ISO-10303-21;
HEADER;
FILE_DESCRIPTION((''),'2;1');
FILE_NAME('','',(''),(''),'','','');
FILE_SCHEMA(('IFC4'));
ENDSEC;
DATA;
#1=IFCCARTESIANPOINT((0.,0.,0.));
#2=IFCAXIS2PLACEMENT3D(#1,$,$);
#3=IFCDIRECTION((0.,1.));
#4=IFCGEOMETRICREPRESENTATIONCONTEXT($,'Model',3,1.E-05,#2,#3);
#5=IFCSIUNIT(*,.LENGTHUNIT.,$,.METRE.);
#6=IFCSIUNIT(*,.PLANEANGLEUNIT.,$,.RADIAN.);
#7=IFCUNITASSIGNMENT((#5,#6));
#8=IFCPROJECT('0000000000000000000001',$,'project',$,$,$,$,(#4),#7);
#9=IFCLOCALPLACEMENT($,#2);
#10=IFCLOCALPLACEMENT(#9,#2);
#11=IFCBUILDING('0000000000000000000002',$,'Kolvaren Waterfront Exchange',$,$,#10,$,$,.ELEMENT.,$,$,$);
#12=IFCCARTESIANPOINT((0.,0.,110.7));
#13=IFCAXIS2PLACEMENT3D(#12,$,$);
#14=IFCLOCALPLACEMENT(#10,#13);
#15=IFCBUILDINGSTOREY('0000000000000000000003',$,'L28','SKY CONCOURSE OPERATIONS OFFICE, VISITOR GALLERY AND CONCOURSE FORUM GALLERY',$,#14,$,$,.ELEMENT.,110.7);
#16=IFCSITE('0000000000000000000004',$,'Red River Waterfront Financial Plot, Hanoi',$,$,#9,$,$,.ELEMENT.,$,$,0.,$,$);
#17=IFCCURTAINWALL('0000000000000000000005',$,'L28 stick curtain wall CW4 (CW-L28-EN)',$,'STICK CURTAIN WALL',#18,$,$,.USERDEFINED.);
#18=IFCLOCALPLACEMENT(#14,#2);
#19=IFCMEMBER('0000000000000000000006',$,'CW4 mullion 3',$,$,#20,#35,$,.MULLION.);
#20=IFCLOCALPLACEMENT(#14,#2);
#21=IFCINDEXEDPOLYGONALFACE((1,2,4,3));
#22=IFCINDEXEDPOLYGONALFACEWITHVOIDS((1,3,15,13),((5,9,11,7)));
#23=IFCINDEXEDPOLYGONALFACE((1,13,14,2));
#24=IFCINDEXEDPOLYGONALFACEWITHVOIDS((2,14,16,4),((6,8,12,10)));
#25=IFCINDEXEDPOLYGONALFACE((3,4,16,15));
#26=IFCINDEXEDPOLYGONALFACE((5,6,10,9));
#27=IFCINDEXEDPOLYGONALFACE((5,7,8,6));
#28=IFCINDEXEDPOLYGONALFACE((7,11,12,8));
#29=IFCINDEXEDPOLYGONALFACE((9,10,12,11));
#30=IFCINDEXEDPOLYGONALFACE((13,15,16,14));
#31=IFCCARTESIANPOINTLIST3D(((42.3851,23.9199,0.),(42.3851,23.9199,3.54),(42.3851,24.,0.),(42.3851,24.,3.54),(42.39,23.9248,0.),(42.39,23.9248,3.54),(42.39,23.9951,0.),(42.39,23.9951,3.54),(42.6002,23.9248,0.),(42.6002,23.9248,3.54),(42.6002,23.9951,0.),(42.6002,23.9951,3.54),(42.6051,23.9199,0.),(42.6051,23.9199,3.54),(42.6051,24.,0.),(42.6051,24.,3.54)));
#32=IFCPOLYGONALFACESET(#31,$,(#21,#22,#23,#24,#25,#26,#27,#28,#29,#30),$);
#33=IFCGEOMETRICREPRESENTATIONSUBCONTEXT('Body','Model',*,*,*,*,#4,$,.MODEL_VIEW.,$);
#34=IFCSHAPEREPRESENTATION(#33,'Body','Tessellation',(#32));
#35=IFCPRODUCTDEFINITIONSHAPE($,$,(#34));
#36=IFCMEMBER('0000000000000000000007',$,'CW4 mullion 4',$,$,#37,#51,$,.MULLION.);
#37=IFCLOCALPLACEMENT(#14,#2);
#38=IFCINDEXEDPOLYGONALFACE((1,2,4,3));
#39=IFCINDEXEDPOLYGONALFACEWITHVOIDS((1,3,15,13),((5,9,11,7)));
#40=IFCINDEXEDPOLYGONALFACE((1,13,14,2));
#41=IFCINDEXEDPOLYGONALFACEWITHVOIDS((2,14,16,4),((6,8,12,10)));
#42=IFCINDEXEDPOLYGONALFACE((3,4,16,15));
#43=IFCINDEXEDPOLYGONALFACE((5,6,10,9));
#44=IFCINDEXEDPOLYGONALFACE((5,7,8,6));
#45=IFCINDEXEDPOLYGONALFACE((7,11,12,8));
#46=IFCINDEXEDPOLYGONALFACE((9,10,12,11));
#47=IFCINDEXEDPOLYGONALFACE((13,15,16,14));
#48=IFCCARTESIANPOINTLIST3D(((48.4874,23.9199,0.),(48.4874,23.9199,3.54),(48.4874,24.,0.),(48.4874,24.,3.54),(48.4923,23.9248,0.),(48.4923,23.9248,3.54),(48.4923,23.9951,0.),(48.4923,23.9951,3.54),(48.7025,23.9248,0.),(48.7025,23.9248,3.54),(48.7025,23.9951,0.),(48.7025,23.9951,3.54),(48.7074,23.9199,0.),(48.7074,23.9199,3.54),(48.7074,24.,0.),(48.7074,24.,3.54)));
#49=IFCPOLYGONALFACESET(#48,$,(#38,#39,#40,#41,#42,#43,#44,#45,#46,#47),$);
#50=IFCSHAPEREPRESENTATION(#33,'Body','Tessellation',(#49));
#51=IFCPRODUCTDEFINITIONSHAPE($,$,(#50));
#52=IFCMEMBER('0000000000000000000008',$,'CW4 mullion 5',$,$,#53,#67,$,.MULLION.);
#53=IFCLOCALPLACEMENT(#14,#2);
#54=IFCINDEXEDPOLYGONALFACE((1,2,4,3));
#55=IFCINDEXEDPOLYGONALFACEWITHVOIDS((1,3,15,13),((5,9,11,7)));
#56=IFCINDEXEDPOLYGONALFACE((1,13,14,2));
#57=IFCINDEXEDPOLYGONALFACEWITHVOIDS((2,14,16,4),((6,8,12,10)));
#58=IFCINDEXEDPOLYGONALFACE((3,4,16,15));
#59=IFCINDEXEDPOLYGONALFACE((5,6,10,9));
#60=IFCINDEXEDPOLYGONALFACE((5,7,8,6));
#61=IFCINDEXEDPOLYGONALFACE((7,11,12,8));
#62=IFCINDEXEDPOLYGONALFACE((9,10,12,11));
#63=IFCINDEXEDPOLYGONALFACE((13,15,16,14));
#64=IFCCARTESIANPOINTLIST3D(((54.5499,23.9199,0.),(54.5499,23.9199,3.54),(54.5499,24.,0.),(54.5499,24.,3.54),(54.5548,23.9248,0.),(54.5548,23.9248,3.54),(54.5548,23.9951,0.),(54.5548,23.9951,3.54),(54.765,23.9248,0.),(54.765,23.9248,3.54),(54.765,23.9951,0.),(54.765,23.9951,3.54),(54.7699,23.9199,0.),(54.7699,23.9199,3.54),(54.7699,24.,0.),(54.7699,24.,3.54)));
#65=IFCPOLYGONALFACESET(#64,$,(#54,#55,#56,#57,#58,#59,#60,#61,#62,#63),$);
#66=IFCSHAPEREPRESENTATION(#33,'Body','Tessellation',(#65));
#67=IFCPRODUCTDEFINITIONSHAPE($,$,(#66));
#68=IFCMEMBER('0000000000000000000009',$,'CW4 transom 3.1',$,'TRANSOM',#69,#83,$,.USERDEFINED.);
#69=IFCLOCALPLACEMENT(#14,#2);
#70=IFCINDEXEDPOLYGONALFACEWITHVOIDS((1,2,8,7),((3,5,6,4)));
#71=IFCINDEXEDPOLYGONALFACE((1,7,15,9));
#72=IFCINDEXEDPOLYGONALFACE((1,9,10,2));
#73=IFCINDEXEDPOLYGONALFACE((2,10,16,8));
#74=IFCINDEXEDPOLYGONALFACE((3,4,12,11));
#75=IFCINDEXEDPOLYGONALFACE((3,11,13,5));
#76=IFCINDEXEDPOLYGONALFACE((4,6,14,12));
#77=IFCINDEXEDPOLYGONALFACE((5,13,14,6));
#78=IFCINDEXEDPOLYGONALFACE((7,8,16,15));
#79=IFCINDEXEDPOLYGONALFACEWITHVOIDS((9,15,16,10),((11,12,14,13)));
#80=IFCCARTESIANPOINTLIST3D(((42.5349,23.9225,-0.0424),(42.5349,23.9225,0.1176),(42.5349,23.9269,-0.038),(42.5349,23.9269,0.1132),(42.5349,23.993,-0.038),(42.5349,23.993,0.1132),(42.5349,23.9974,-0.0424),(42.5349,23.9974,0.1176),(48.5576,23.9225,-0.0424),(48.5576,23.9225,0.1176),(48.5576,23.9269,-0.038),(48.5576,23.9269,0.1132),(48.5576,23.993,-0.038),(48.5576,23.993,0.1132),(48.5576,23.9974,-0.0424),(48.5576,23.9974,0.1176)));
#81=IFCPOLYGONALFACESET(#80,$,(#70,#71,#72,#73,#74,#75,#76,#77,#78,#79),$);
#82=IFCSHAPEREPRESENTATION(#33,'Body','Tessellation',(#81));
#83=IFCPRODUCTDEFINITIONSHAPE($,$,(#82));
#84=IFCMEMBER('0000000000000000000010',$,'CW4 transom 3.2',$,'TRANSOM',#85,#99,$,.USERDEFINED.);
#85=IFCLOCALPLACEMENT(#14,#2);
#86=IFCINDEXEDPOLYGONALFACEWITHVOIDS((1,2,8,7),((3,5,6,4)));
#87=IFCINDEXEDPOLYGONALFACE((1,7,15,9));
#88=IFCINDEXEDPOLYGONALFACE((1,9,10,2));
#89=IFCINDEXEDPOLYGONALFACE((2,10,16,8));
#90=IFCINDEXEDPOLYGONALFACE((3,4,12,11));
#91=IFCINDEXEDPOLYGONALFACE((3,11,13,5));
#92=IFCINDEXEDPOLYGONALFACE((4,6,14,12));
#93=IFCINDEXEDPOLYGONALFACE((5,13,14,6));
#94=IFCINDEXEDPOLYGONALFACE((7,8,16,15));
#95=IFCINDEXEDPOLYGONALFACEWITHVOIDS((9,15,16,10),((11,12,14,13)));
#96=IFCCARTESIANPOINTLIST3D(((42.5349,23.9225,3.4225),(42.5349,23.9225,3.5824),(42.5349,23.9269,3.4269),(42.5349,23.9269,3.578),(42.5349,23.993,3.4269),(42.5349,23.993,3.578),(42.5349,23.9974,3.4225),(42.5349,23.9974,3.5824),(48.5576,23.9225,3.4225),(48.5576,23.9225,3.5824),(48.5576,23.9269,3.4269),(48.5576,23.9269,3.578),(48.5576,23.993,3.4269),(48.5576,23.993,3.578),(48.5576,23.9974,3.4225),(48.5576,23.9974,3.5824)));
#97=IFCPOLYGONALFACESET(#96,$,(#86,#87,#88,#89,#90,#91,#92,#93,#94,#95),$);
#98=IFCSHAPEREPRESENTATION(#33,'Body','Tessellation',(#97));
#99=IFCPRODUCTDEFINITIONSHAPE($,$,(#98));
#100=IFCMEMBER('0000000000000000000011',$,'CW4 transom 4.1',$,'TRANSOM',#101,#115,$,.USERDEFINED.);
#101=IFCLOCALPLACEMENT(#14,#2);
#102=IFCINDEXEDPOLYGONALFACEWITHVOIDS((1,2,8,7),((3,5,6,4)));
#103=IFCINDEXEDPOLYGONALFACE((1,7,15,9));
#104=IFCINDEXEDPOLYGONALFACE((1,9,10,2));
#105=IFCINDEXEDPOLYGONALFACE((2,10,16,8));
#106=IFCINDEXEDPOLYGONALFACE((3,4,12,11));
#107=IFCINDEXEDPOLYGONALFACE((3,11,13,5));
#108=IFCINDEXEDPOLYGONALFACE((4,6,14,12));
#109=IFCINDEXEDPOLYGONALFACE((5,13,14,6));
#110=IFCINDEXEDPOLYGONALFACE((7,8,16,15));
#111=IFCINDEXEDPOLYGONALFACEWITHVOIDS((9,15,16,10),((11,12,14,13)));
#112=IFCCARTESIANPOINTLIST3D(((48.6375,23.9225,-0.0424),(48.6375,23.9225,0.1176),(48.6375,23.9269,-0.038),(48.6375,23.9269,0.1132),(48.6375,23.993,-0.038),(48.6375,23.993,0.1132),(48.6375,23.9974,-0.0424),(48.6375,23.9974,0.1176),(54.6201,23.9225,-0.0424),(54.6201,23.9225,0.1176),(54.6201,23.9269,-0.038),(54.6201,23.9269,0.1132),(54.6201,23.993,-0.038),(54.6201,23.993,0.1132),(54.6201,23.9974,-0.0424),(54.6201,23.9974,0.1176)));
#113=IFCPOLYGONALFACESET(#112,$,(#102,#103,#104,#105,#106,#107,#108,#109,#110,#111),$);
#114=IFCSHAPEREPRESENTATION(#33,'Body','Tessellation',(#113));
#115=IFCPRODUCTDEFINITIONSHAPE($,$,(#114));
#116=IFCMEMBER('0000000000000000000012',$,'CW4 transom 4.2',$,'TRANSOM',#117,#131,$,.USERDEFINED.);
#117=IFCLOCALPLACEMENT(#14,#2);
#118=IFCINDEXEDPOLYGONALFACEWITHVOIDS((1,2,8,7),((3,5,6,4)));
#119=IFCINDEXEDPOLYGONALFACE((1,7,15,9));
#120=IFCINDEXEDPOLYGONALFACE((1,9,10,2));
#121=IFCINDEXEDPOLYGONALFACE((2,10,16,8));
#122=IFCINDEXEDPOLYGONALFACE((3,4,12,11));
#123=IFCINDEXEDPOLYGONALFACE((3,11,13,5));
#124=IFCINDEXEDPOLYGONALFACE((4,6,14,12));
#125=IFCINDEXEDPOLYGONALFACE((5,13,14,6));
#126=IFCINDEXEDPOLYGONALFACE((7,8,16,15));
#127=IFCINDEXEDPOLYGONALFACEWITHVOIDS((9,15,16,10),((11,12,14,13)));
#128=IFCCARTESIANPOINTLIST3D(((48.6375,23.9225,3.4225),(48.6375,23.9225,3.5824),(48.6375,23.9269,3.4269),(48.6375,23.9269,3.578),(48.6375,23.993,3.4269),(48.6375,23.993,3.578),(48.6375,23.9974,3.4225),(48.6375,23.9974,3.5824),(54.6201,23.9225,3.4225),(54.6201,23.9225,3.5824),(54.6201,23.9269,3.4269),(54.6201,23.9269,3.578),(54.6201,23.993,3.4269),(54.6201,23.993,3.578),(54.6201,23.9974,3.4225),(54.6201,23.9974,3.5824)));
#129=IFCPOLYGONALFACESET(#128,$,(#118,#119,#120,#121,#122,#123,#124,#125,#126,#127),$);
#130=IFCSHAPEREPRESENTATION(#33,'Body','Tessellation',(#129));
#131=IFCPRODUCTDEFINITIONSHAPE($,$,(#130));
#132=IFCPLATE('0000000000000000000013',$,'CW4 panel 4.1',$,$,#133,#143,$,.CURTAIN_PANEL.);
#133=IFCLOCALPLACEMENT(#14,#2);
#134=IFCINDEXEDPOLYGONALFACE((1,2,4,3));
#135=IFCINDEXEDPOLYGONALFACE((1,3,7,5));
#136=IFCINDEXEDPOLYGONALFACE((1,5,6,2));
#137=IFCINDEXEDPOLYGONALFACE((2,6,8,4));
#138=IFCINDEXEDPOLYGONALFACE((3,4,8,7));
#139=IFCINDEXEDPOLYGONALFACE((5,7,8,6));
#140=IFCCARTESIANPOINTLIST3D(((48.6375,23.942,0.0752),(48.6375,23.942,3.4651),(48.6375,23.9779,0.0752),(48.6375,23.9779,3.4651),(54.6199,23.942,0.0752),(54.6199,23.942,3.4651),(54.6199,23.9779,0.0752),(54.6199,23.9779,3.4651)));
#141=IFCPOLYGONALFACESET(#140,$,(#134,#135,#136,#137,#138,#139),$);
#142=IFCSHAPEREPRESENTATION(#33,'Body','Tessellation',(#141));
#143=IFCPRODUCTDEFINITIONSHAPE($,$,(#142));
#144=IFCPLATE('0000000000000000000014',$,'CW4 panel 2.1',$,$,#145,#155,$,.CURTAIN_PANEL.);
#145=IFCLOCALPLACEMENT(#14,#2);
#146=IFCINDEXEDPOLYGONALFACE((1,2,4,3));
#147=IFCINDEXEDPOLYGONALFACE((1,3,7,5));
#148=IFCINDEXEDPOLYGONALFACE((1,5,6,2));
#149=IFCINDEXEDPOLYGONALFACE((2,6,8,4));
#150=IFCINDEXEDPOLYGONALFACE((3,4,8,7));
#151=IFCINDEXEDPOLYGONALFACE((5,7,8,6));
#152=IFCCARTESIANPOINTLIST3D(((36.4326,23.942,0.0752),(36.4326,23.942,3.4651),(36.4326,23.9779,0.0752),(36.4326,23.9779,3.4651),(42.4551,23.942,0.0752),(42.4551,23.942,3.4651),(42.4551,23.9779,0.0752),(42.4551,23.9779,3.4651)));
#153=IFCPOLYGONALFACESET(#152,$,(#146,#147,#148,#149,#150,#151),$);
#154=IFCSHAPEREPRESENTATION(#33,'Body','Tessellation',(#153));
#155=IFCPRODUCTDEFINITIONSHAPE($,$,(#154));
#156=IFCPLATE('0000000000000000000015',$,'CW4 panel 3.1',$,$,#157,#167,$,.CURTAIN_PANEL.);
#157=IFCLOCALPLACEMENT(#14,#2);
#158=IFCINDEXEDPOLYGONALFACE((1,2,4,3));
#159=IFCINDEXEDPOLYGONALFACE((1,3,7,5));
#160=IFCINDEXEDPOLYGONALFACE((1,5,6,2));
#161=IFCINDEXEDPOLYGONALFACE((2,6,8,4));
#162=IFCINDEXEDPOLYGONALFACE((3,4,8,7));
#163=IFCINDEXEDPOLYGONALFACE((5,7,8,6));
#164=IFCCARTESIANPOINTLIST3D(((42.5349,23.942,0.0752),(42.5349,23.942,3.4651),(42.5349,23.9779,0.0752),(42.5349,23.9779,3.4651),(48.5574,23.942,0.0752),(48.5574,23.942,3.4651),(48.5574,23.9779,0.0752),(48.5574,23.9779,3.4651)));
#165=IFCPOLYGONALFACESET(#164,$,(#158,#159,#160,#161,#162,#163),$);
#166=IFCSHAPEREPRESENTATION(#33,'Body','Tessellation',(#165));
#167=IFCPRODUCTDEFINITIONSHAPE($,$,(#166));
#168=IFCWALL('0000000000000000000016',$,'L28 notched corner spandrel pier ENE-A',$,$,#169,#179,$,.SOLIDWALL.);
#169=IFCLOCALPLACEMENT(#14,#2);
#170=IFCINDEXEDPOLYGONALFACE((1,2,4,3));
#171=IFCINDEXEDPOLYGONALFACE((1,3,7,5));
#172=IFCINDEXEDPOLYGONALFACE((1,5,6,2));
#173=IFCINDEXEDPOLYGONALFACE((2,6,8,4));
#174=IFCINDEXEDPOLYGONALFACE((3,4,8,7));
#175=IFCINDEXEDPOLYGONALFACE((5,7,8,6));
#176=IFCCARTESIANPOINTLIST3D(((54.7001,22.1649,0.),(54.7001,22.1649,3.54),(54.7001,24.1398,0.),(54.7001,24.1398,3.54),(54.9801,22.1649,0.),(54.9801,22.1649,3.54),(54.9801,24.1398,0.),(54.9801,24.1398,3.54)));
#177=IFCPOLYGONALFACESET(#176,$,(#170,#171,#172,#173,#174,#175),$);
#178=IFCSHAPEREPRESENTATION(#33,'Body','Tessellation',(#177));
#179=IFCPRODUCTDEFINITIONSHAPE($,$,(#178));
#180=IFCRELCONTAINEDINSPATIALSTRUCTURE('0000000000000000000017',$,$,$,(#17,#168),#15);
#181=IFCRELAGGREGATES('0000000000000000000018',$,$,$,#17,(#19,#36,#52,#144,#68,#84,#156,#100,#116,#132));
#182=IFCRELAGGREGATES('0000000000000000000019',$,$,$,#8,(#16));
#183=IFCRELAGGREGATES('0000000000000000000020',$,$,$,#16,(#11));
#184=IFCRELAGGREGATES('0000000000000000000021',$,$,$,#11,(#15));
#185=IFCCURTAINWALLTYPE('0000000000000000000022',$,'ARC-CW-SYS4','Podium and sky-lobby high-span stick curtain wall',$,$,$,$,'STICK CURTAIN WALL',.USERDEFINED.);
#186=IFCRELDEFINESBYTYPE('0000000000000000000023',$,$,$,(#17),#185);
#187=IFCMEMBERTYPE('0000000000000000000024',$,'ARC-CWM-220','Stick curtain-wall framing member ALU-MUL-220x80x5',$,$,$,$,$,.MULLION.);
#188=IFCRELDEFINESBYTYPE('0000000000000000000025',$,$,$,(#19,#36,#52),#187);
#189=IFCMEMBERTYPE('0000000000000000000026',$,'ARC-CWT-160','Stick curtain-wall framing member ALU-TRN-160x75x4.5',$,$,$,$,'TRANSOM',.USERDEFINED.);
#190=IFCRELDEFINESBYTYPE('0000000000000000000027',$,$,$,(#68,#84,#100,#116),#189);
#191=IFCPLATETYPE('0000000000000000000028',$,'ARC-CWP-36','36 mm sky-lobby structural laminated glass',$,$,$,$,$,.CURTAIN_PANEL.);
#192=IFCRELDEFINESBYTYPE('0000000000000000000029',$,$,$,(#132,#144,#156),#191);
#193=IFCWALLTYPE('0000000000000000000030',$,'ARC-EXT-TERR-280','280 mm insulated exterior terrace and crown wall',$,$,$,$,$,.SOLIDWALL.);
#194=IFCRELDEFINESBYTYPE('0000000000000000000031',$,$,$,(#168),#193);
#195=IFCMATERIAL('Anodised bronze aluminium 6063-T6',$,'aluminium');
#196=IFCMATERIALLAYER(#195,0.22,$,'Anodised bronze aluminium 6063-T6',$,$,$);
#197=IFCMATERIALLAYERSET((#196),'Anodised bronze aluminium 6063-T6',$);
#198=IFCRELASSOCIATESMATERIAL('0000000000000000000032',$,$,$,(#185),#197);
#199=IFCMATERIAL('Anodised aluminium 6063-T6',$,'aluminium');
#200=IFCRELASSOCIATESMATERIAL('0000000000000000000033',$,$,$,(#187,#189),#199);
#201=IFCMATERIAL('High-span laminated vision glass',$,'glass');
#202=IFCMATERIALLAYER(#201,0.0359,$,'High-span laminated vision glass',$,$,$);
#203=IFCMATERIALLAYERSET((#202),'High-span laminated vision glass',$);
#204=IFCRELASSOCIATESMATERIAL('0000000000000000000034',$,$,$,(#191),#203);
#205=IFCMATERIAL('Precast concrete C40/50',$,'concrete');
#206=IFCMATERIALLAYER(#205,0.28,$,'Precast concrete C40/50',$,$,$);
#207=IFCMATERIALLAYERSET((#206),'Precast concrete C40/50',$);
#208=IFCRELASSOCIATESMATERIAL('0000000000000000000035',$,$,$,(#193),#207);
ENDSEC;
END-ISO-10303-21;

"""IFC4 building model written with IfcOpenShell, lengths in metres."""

from ifc_helpers import new_model, si_unit, direction, frame, frame_2d, origin, origin_with_axes, origin_2d, place, context, subcontext, project, spatial, rectangle, hollow_rectangle, extrude, source, transform, mapped, material, layer, layer_set, material_profile, profile_set, type_object, element, aggregate, save


model = new_model("IFC4")

# Units and contexts
model_context = context("Model", 3, precision=1e-05, world=origin(), true_north=direction((0.0, 1.0)))
body_context = subcontext(model_context, "Body", "Model", "MODEL_VIEW")
ifc_project = project(units=[si_unit("LENGTHUNIT", "METRE"), si_unit("PLANEANGLEUNIT", "RADIAN")], contexts=[model_context])

# Site, building, storey
site_placement = place(None, origin())
site = spatial("IfcSite", under=ifc_project, at=site_placement, Name="Red River Waterfront Financial Plot, Hanoi", CompositionType="ELEMENT", RefElevation=0.0)
building_placement = place(site_placement, origin())
building = spatial("IfcBuilding", under=site, at=building_placement, Name="Kolvaren Waterfront Exchange", CompositionType="ELEMENT")
storey_placement = place(building_placement, frame((0.0, 0.0, 110.7)))
storey = spatial("IfcBuildingStorey", under=building, at=storey_placement, Name="L28", Description="SKY CONCOURSE OPERATIONS OFFICE, VISITOR GALLERY AND CONCOURSE FORUM GALLERY", CompositionType="ELEMENT", Elevation=110.7)

# Curtain wall, members, plates
ifc_material_1 = material(Name="Anodised bronze aluminium 6063-T6", Category="aluminium")
ifc_layer_1 = layer(ifc_material_1, 0.22, Name="Anodised bronze aluminium 6063-T6")
ifc_layer_set_1 = layer_set([ifc_layer_1], Name="Anodised bronze aluminium 6063-T6")
curtain_wall_type = type_object("IfcCurtainWallType", Name="ARC-CW-SYS4", Description="Podium and sky-lobby high-span stick curtain wall", ElementType="STICK CURTAIN WALL", PredefinedType="USERDEFINED", material=ifc_layer_set_1)
curtain_wall_placement = place(storey_placement, origin())
curtain_wall = element("IfcCurtainWall", 1, at=curtain_wall_placement, inside=storey, type_object=curtain_wall_type, Name="L28 stick curtain wall CW4 (CW-L28-EN)", ObjectType="STICK CURTAIN WALL", PredefinedType="USERDEFINED")
ifc_material_2 = material(Name="Anodised aluminium 6063-T6", Category="aluminium")
ifc_material_profile_1 = material_profile(ifc_material_2, hollow_rectangle(XDim=0.0801, YDim=0.22, WallThickness=0.0049, at=origin_2d()), Name="ALU-MUL-220x80x5")
ifc_profile_set_1 = profile_set([ifc_material_profile_1], Name="Anodised aluminium 6063-T6")
member_type_1 = type_object("IfcMemberType", Name="ARC-CWM-220", Description="Stick curtain-wall framing member ALU-MUL-220x80x5", PredefinedType="MULLION", material=ifc_profile_set_1)
shared_shape_1 = source(origin_with_axes(), body_context, "Body", "SweptSolid", [
    extrude(hollow_rectangle(XDim=0.0801, YDim=0.22, WallThickness=0.0049, at=origin_2d()), origin(), (0.0, 0.0, 1.0), 3.54),
])
member_1_placement = place(storey_placement, frame((42.4951, 23.96, 0.0), z_axis=(0.0, 0.0, 1.0), x_axis=(0.0, 1.0, 0.0)))
member_1 = element("IfcMember", 2, at=member_1_placement, type_object=member_type_1, Name="CW4 mullion 3", PredefinedType="MULLION", context=body_context, shape_type="MappedRepresentation", body=[
    mapped(shared_shape_1, transform((0.0, 0.0, 0.0), x_axis=(1.0, 0.0, 0.0), y_axis=(0.0, 1.0, 0.0), z_axis=(0.0, 0.0, 1.0), scale=1.0)),
])
member_2_placement = place(storey_placement, frame((48.5974, 23.96, 0.0), z_axis=(0.0, 0.0, 1.0), x_axis=(0.0, 1.0, 0.0)))
member_2 = element("IfcMember", 3, at=member_2_placement, type_object=member_type_1, Name="CW4 mullion 4", PredefinedType="MULLION", context=body_context, shape_type="MappedRepresentation", body=[
    mapped(shared_shape_1, transform((0.0, 0.0, 0.0), x_axis=(1.0, 0.0, 0.0), y_axis=(0.0, 1.0, 0.0), z_axis=(0.0, 0.0, 1.0), scale=1.0)),
])
member_3_placement = place(storey_placement, frame((54.6599, 23.96, 0.0), z_axis=(0.0, 0.0, 1.0), x_axis=(0.0, 1.0, 0.0)))
member_3 = element("IfcMember", 4, at=member_3_placement, type_object=member_type_1, Name="CW4 mullion 5", PredefinedType="MULLION", context=body_context, shape_type="MappedRepresentation", body=[
    mapped(shared_shape_1, transform((0.0, 0.0, 0.0), x_axis=(1.0, 0.0, 0.0), y_axis=(0.0, 1.0, 0.0), z_axis=(0.0, 0.0, 1.0), scale=1.0)),
])
ifc_material_profile_2 = material_profile(ifc_material_2, hollow_rectangle(XDim=0.075, YDim=0.1599, WallThickness=0.0044, at=origin_2d()), Name="ALU-TRN-160x75x4.5")
ifc_profile_set_2 = profile_set([ifc_material_profile_2], Name="Anodised aluminium 6063-T6")
member_type_2 = type_object("IfcMemberType", Name="ARC-CWT-160", Description="Stick curtain-wall framing member ALU-TRN-160x75x4.5", ElementType="TRANSOM", PredefinedType="USERDEFINED", material=ifc_profile_set_2)
shared_shape_2 = source(origin_with_axes(), body_context, "Body", "SweptSolid", [
    extrude(hollow_rectangle(XDim=0.075, YDim=0.1599, WallThickness=0.0044, at=origin_2d()), origin(), (0.0, 0.0, 1.0), 6.0227),
])
member_4_placement = place(storey_placement, frame((42.5349, 23.96, 0.0376), z_axis=(1.0, 0.0, 0.0), x_axis=(0.0, 1.0, 0.0)))
member_4 = element("IfcMember", 5, at=member_4_placement, type_object=member_type_2, Name="CW4 transom 3.1", ObjectType="TRANSOM", PredefinedType="USERDEFINED", context=body_context, shape_type="MappedRepresentation", body=[
    mapped(shared_shape_2, transform((0.0, 0.0, 0.0), x_axis=(1.0, 0.0, 0.0), y_axis=(0.0, 1.0, 0.0), z_axis=(0.0, 0.0, 1.0), scale=1.0)),
])
member_5_placement = place(storey_placement, frame((42.5349, 23.96, 3.5024), z_axis=(1.0, 0.0, 0.0), x_axis=(0.0, 1.0, 0.0)))
member_5 = element("IfcMember", 6, at=member_5_placement, type_object=member_type_2, Name="CW4 transom 3.2", ObjectType="TRANSOM", PredefinedType="USERDEFINED", context=body_context, shape_type="MappedRepresentation", body=[
    mapped(shared_shape_2, transform((0.0, 0.0, 0.0), x_axis=(1.0, 0.0, 0.0), y_axis=(0.0, 1.0, 0.0), z_axis=(0.0, 0.0, 1.0), scale=1.0)),
])
shared_shape_3 = source(origin_with_axes(), body_context, "Body", "SweptSolid", [
    extrude(hollow_rectangle(XDim=0.075, YDim=0.1599, WallThickness=0.0044, at=origin_2d()), origin(), (0.0, 0.0, 1.0), 5.9827),
])
member_6_placement = place(storey_placement, frame((48.6375, 23.96, 0.0376), z_axis=(1.0, 0.0, 0.0), x_axis=(0.0, 1.0, 0.0)))
member_6 = element("IfcMember", 7, at=member_6_placement, type_object=member_type_2, Name="CW4 transom 4.1", ObjectType="TRANSOM", PredefinedType="USERDEFINED", context=body_context, shape_type="MappedRepresentation", body=[
    mapped(shared_shape_3, transform((0.0, 0.0, 0.0), x_axis=(1.0, 0.0, 0.0), y_axis=(0.0, 1.0, 0.0), z_axis=(0.0, 0.0, 1.0), scale=1.0)),
])
member_7_placement = place(storey_placement, frame((48.6375, 23.96, 3.5024), z_axis=(1.0, 0.0, 0.0), x_axis=(0.0, 1.0, 0.0)))
member_7 = element("IfcMember", 8, at=member_7_placement, type_object=member_type_2, Name="CW4 transom 4.2", ObjectType="TRANSOM", PredefinedType="USERDEFINED", context=body_context, shape_type="MappedRepresentation", body=[
    mapped(shared_shape_3, transform((0.0, 0.0, 0.0), x_axis=(1.0, 0.0, 0.0), y_axis=(0.0, 1.0, 0.0), z_axis=(0.0, 0.0, 1.0), scale=1.0)),
])
ifc_material_3 = material(Name="High-span laminated vision glass", Category="glass")
ifc_layer_2 = layer(ifc_material_3, 0.0359, Name="High-span laminated vision glass")
ifc_layer_set_2 = layer_set([ifc_layer_2], Name="High-span laminated vision glass")
plate_type = type_object("IfcPlateType", Name="ARC-CWP-36", Description="36 mm sky-lobby structural laminated glass", PredefinedType="CURTAIN_PANEL", material=ifc_layer_set_2)
shared_shape_4 = source(origin_with_axes(), body_context, "Body", "SweptSolid", [
    extrude(rectangle(XDim=5.9824, YDim=0.0359, at=origin_2d()), origin(), (0.0, 0.0, 1.0), 3.3899),
])
plate_1_placement = place(storey_placement, frame((51.6287, 23.96, 0.0752), z_axis=(0.0, 0.0, 1.0), x_axis=(1.0, 0.0, 0.0)))
plate_1 = element("IfcPlate", 9, at=plate_1_placement, type_object=plate_type, Name="CW4 panel 4.1", PredefinedType="CURTAIN_PANEL", context=body_context, shape_type="MappedRepresentation", body=[
    mapped(shared_shape_4, transform((0.0, 0.0, 0.0), x_axis=(1.0, 0.0, 0.0), y_axis=(0.0, 1.0, 0.0), z_axis=(0.0, 0.0, 1.0), scale=1.0)),
])
shared_shape_5 = source(origin_with_axes(), body_context, "Body", "SweptSolid", [
    extrude(rectangle(XDim=6.0225, YDim=0.0359, at=origin_2d()), origin(), (0.0, 0.0, 1.0), 3.3899),
])
plate_2_placement = place(storey_placement, frame((39.4438, 23.96, 0.0752), z_axis=(0.0, 0.0, 1.0), x_axis=(1.0, 0.0, 0.0)))
plate_2 = element("IfcPlate", 10, at=plate_2_placement, type_object=plate_type, Name="CW4 panel 2.1", PredefinedType="CURTAIN_PANEL", context=body_context, shape_type="MappedRepresentation", body=[
    mapped(shared_shape_5, transform((0.0, 0.0, 0.0), x_axis=(1.0, 0.0, 0.0), y_axis=(0.0, 1.0, 0.0), z_axis=(0.0, 0.0, 1.0), scale=1.0)),
])
plate_3_placement = place(storey_placement, frame((45.5461, 23.96, 0.0752), z_axis=(0.0, 0.0, 1.0), x_axis=(1.0, 0.0, 0.0)))
plate_3 = element("IfcPlate", 11, at=plate_3_placement, type_object=plate_type, Name="CW4 panel 3.1", PredefinedType="CURTAIN_PANEL", context=body_context, shape_type="MappedRepresentation", body=[
    mapped(shared_shape_5, transform((0.0, 0.0, 0.0), x_axis=(1.0, 0.0, 0.0), y_axis=(0.0, 1.0, 0.0), z_axis=(0.0, 0.0, 1.0), scale=1.0)),
])
aggregate(curtain_wall, [member_1, member_2, member_3, plate_2, member_4, member_5, plate_3, member_6, member_7, plate_1])

# Wall
ifc_material_4 = material(Name="Precast concrete C40/50", Category="concrete")
ifc_layer_3 = layer(ifc_material_4, 0.28, Name="Precast concrete C40/50")
ifc_layer_set_3 = layer_set([ifc_layer_3], Name="Precast concrete C40/50")
wall_type_1 = type_object("IfcWallType", Name="ARC-EXT-TERR-280", Description="280 mm insulated exterior terrace and crown wall", PredefinedType="SOLIDWALL", material=ifc_layer_set_3)
wall_1_placement = place(storey_placement, frame((54.8401, 22.165, 0.0), z_axis=(0.0, 0.0, 1.0), x_axis=(0.0, 1.0, 0.0)))
element("IfcWall", 12, at=wall_1_placement, inside=storey, type_object=wall_type_1, Name="L28 notched corner spandrel pier ENE-A", PredefinedType="SOLIDWALL", context=body_context, shape_type="SweptSolid", body=[
    extrude(rectangle(XDim=1.9749, YDim=0.28, at=frame_2d((0.9873, 0.0))), origin(), (0.0, 0.0, 1.0), 3.54),
])

save(model, "model.ifc")
